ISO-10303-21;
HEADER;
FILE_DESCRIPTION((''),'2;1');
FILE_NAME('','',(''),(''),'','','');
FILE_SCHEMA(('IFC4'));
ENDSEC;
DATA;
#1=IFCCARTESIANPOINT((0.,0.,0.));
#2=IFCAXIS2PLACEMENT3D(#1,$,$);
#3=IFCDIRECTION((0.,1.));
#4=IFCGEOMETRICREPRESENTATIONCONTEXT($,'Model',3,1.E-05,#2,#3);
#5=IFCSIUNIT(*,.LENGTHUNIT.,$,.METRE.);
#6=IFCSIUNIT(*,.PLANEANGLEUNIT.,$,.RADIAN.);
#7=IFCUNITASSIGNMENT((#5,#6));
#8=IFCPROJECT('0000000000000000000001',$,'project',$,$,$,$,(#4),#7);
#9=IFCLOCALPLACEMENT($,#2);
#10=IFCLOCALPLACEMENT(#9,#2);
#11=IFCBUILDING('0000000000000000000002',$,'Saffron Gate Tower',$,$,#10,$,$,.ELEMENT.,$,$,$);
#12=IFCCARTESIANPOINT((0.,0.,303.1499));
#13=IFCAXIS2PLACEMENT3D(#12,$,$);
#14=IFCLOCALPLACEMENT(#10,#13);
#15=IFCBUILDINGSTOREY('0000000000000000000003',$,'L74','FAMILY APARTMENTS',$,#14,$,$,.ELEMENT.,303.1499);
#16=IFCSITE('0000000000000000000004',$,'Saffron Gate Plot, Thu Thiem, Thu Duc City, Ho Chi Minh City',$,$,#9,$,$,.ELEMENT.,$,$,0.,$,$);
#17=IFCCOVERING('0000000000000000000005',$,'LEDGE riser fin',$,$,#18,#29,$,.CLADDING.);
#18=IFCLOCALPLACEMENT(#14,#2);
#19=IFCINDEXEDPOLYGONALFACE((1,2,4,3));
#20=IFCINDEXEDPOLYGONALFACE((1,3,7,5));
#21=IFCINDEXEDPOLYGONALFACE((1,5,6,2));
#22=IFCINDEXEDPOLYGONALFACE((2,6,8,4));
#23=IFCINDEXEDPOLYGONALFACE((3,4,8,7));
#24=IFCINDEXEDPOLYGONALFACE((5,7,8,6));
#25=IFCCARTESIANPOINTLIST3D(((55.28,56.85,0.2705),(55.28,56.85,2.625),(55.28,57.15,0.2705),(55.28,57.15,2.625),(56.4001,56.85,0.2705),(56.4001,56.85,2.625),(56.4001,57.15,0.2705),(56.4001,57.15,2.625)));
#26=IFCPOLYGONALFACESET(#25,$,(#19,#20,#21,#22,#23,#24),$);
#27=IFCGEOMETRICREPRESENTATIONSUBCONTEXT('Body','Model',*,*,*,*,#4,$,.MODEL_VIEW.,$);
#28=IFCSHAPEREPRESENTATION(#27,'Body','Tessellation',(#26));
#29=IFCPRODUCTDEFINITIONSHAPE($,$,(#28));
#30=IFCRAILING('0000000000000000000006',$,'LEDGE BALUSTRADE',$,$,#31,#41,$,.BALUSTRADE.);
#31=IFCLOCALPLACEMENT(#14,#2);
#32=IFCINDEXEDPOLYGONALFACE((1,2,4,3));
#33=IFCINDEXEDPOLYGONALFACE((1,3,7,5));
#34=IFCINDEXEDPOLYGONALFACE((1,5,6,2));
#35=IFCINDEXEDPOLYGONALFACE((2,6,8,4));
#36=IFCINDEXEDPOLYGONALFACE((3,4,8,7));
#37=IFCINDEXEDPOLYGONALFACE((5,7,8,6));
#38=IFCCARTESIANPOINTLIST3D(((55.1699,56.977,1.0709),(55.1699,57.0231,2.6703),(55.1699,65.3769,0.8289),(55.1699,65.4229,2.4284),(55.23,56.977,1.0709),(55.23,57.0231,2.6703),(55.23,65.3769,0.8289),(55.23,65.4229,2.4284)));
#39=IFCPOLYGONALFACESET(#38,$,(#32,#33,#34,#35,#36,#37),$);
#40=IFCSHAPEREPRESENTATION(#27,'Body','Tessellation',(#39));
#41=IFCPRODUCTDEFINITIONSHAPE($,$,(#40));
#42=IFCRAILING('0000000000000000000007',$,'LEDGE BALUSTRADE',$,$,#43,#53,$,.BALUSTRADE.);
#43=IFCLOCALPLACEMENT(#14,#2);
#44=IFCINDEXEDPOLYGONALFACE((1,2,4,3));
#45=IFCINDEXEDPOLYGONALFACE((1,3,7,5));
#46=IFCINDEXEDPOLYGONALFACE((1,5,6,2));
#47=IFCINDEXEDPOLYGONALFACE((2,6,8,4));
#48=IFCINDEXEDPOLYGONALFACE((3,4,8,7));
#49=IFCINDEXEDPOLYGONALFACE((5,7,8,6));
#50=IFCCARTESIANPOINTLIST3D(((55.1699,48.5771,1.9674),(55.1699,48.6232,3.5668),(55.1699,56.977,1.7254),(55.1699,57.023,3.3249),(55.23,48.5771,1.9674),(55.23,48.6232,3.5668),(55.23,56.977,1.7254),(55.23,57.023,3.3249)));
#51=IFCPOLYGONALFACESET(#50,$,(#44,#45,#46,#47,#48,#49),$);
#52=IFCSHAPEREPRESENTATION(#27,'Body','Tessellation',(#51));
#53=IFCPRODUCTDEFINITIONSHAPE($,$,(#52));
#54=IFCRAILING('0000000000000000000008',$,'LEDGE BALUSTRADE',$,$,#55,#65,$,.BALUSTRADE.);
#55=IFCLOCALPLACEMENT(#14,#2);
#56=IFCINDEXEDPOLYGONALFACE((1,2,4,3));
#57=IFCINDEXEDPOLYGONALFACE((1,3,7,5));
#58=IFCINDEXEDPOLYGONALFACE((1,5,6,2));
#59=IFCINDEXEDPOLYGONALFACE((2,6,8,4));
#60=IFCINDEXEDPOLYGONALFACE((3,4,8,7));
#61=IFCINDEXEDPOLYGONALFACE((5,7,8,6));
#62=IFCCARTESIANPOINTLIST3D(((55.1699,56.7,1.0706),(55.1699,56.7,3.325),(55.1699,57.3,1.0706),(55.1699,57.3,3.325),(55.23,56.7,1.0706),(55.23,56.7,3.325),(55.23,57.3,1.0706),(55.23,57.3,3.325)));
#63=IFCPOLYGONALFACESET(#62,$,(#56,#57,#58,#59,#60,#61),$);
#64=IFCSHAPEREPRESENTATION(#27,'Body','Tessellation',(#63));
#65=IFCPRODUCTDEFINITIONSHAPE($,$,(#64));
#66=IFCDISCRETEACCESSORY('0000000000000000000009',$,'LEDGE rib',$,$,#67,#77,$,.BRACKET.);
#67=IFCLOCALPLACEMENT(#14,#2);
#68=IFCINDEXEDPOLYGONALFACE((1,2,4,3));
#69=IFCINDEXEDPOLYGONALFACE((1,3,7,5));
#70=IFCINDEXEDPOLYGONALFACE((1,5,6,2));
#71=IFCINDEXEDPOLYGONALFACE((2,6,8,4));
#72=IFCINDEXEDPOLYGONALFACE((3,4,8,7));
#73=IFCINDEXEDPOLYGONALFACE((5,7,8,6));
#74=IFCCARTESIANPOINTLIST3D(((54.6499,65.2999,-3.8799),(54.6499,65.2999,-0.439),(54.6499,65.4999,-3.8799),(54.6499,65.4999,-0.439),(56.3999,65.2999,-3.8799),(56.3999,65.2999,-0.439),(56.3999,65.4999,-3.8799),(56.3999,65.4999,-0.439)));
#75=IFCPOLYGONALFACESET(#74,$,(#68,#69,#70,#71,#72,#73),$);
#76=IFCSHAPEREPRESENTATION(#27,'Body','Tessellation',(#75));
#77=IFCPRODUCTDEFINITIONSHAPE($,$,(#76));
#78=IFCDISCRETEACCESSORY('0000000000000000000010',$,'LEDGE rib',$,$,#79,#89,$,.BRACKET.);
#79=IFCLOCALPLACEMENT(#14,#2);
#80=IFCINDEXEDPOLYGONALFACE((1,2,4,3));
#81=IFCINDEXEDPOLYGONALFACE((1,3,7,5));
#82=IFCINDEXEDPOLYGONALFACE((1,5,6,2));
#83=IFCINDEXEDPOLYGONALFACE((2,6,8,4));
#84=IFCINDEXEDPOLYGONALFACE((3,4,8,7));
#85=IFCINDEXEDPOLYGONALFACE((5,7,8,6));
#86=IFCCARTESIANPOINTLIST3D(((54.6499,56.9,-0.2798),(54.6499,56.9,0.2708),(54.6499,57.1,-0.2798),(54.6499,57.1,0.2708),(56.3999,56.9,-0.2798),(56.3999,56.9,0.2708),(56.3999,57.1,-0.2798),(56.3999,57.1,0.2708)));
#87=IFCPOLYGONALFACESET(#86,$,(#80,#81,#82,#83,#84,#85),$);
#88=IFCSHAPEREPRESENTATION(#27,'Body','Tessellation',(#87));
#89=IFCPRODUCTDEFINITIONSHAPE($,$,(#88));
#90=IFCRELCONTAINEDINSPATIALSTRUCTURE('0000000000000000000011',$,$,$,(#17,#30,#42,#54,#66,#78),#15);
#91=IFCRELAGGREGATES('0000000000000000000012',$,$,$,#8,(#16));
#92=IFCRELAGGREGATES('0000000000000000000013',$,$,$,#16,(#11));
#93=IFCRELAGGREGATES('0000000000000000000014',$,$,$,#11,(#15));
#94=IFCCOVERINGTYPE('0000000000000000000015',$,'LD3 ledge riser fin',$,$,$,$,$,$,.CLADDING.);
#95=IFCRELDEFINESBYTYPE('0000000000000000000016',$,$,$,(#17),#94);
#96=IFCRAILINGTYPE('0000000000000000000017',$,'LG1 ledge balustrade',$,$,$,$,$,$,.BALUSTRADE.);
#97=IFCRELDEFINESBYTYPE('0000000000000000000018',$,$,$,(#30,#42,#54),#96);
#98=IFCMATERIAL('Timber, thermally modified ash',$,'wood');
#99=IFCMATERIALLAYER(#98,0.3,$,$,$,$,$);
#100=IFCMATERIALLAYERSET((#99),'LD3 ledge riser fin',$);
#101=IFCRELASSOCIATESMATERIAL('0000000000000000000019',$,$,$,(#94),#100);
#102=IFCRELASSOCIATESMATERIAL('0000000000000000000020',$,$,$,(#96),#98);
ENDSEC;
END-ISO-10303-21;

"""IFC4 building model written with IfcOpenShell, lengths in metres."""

from ifc_helpers import new_model, si_unit, direction, frame, origin, origin_2d, place, context, subcontext, project, spatial, rectangle, extrude, material, layer, layer_set, type_object, element, save


model = new_model("IFC4")

# Units and contexts
model_context = context("Model", 3, precision=1e-05, world=origin(), true_north=direction((0.0, 1.0)))
body_context = subcontext(model_context, "Body", "Model", "MODEL_VIEW")
ifc_project = project(units=[si_unit("LENGTHUNIT", "METRE"), si_unit("PLANEANGLEUNIT", "RADIAN")], contexts=[model_context])

# Site, building, storey
site_placement = place(None, origin())
site = spatial("IfcSite", under=ifc_project, at=site_placement, Name="Saffron Gate Plot, Thu Thiem, Thu Duc City, Ho Chi Minh City", CompositionType="ELEMENT", RefElevation=0.0)
building_placement = place(site_placement, origin())
building = spatial("IfcBuilding", under=site, at=building_placement, Name="Saffron Gate Tower", CompositionType="ELEMENT")
storey_placement = place(building_placement, frame((0.0, 0.0, 303.1499)))
storey = spatial("IfcBuildingStorey", under=building, at=storey_placement, Name="L74", Description="FAMILY APARTMENTS", CompositionType="ELEMENT", Elevation=303.1499)

# Covering
ifc_material_1 = material(Name="Timber, thermally modified ash", Category="wood")
ifc_layer_1 = layer(ifc_material_1, 0.3)
ifc_layer_set_1 = layer_set([ifc_layer_1], Name="LD3 ledge riser fin")
covering_type_1 = type_object("IfcCoveringType", Name="LD3 ledge riser fin", PredefinedType="CLADDING", material=ifc_layer_set_1)
covering_1_placement = place(storey_placement, frame((55.8401, 57.0, 0.2705), z_axis=(0.0, 0.0, 1.0), x_axis=(0.0, -1.0, 0.0)))
element("IfcCovering", 1, at=covering_1_placement, inside=storey, type_object=covering_type_1, Name="LEDGE riser fin", PredefinedType="CLADDING", context=body_context, shape_type="SweptSolid", body=[
    extrude(rectangle(XDim=0.3, YDim=1.1201, at=origin_2d()), origin(), (0.0, 0.0, 1.0), 2.3545),
])

# Railings
railing_type = type_object("IfcRailingType", Name="LG1 ledge balustrade", PredefinedType="BALUSTRADE", material=ifc_material_1)
for number, where, name in (
    (2, (55.2, 65.3999, 0.8286), "LEDGE BALUSTRADE"),
    (3, (55.2, 57.0, 1.7251), "LEDGE BALUSTRADE"),
):
    element("IfcRailing", number, at=place(storey_placement, frame(where)), inside=storey, type_object=railing_type, Name=name, PredefinedType="BALUSTRADE", context=body_context, shape_type="SweptSolid", body=[
        extrude(rectangle(XDim=0.0601, YDim=1.6001, at=origin_2d()), frame((0.0, 0.0, 0.8), z_axis=(0.0, -0.999585, 0.028791), x_axis=(1.0, 0.0, 0.0)), (0.0, 0.0, 1.0), 8.4033),
    ])
railing_placement = place(storey_placement, frame((55.2, 57.3, 1.0706)))
element("IfcRailing", 4, at=railing_placement, inside=storey, type_object=railing_type, Name="LEDGE BALUSTRADE", PredefinedType="BALUSTRADE", context=body_context, shape_type="SweptSolid", body=[
    extrude(rectangle(XDim=0.0601, YDim=2.2544, at=origin_2d()), frame((0.0, 0.0, 1.1272), z_axis=(0.0, -1.0, 0.0), x_axis=(1.0, 0.0, 0.0)), (0.0, 0.0, 1.0), 0.6001),
])

# Discrete accessories
discrete_accessory_1_placement = place(storey_placement, frame((55.5249, 65.3999, -3.8799), z_axis=(0.0, 0.0, 1.0), x_axis=(0.0, -1.0, 0.0)))
element("IfcDiscreteAccessory", 5, at=discrete_accessory_1_placement, inside=storey, Name="LEDGE rib", PredefinedType="BRACKET", context=body_context, shape_type="SweptSolid", body=[
    extrude(rectangle(XDim=0.2, YDim=1.75, at=origin_2d()), origin(), (0.0, 0.0, 1.0), 3.4409),
])
discrete_accessory_2_placement = place(storey_placement, frame((55.5249, 57.0, -0.2798), z_axis=(0.0, 0.0, 1.0), x_axis=(0.0, -1.0, 0.0)))
element("IfcDiscreteAccessory", 6, at=discrete_accessory_2_placement, inside=storey, Name="LEDGE rib", PredefinedType="BRACKET", context=body_context, shape_type="SweptSolid", body=[
    extrude(rectangle(XDim=0.2, YDim=1.75, at=origin_2d()), origin(), (0.0, 0.0, 1.0), 0.5505),
])

save(model, "model.ifc")
